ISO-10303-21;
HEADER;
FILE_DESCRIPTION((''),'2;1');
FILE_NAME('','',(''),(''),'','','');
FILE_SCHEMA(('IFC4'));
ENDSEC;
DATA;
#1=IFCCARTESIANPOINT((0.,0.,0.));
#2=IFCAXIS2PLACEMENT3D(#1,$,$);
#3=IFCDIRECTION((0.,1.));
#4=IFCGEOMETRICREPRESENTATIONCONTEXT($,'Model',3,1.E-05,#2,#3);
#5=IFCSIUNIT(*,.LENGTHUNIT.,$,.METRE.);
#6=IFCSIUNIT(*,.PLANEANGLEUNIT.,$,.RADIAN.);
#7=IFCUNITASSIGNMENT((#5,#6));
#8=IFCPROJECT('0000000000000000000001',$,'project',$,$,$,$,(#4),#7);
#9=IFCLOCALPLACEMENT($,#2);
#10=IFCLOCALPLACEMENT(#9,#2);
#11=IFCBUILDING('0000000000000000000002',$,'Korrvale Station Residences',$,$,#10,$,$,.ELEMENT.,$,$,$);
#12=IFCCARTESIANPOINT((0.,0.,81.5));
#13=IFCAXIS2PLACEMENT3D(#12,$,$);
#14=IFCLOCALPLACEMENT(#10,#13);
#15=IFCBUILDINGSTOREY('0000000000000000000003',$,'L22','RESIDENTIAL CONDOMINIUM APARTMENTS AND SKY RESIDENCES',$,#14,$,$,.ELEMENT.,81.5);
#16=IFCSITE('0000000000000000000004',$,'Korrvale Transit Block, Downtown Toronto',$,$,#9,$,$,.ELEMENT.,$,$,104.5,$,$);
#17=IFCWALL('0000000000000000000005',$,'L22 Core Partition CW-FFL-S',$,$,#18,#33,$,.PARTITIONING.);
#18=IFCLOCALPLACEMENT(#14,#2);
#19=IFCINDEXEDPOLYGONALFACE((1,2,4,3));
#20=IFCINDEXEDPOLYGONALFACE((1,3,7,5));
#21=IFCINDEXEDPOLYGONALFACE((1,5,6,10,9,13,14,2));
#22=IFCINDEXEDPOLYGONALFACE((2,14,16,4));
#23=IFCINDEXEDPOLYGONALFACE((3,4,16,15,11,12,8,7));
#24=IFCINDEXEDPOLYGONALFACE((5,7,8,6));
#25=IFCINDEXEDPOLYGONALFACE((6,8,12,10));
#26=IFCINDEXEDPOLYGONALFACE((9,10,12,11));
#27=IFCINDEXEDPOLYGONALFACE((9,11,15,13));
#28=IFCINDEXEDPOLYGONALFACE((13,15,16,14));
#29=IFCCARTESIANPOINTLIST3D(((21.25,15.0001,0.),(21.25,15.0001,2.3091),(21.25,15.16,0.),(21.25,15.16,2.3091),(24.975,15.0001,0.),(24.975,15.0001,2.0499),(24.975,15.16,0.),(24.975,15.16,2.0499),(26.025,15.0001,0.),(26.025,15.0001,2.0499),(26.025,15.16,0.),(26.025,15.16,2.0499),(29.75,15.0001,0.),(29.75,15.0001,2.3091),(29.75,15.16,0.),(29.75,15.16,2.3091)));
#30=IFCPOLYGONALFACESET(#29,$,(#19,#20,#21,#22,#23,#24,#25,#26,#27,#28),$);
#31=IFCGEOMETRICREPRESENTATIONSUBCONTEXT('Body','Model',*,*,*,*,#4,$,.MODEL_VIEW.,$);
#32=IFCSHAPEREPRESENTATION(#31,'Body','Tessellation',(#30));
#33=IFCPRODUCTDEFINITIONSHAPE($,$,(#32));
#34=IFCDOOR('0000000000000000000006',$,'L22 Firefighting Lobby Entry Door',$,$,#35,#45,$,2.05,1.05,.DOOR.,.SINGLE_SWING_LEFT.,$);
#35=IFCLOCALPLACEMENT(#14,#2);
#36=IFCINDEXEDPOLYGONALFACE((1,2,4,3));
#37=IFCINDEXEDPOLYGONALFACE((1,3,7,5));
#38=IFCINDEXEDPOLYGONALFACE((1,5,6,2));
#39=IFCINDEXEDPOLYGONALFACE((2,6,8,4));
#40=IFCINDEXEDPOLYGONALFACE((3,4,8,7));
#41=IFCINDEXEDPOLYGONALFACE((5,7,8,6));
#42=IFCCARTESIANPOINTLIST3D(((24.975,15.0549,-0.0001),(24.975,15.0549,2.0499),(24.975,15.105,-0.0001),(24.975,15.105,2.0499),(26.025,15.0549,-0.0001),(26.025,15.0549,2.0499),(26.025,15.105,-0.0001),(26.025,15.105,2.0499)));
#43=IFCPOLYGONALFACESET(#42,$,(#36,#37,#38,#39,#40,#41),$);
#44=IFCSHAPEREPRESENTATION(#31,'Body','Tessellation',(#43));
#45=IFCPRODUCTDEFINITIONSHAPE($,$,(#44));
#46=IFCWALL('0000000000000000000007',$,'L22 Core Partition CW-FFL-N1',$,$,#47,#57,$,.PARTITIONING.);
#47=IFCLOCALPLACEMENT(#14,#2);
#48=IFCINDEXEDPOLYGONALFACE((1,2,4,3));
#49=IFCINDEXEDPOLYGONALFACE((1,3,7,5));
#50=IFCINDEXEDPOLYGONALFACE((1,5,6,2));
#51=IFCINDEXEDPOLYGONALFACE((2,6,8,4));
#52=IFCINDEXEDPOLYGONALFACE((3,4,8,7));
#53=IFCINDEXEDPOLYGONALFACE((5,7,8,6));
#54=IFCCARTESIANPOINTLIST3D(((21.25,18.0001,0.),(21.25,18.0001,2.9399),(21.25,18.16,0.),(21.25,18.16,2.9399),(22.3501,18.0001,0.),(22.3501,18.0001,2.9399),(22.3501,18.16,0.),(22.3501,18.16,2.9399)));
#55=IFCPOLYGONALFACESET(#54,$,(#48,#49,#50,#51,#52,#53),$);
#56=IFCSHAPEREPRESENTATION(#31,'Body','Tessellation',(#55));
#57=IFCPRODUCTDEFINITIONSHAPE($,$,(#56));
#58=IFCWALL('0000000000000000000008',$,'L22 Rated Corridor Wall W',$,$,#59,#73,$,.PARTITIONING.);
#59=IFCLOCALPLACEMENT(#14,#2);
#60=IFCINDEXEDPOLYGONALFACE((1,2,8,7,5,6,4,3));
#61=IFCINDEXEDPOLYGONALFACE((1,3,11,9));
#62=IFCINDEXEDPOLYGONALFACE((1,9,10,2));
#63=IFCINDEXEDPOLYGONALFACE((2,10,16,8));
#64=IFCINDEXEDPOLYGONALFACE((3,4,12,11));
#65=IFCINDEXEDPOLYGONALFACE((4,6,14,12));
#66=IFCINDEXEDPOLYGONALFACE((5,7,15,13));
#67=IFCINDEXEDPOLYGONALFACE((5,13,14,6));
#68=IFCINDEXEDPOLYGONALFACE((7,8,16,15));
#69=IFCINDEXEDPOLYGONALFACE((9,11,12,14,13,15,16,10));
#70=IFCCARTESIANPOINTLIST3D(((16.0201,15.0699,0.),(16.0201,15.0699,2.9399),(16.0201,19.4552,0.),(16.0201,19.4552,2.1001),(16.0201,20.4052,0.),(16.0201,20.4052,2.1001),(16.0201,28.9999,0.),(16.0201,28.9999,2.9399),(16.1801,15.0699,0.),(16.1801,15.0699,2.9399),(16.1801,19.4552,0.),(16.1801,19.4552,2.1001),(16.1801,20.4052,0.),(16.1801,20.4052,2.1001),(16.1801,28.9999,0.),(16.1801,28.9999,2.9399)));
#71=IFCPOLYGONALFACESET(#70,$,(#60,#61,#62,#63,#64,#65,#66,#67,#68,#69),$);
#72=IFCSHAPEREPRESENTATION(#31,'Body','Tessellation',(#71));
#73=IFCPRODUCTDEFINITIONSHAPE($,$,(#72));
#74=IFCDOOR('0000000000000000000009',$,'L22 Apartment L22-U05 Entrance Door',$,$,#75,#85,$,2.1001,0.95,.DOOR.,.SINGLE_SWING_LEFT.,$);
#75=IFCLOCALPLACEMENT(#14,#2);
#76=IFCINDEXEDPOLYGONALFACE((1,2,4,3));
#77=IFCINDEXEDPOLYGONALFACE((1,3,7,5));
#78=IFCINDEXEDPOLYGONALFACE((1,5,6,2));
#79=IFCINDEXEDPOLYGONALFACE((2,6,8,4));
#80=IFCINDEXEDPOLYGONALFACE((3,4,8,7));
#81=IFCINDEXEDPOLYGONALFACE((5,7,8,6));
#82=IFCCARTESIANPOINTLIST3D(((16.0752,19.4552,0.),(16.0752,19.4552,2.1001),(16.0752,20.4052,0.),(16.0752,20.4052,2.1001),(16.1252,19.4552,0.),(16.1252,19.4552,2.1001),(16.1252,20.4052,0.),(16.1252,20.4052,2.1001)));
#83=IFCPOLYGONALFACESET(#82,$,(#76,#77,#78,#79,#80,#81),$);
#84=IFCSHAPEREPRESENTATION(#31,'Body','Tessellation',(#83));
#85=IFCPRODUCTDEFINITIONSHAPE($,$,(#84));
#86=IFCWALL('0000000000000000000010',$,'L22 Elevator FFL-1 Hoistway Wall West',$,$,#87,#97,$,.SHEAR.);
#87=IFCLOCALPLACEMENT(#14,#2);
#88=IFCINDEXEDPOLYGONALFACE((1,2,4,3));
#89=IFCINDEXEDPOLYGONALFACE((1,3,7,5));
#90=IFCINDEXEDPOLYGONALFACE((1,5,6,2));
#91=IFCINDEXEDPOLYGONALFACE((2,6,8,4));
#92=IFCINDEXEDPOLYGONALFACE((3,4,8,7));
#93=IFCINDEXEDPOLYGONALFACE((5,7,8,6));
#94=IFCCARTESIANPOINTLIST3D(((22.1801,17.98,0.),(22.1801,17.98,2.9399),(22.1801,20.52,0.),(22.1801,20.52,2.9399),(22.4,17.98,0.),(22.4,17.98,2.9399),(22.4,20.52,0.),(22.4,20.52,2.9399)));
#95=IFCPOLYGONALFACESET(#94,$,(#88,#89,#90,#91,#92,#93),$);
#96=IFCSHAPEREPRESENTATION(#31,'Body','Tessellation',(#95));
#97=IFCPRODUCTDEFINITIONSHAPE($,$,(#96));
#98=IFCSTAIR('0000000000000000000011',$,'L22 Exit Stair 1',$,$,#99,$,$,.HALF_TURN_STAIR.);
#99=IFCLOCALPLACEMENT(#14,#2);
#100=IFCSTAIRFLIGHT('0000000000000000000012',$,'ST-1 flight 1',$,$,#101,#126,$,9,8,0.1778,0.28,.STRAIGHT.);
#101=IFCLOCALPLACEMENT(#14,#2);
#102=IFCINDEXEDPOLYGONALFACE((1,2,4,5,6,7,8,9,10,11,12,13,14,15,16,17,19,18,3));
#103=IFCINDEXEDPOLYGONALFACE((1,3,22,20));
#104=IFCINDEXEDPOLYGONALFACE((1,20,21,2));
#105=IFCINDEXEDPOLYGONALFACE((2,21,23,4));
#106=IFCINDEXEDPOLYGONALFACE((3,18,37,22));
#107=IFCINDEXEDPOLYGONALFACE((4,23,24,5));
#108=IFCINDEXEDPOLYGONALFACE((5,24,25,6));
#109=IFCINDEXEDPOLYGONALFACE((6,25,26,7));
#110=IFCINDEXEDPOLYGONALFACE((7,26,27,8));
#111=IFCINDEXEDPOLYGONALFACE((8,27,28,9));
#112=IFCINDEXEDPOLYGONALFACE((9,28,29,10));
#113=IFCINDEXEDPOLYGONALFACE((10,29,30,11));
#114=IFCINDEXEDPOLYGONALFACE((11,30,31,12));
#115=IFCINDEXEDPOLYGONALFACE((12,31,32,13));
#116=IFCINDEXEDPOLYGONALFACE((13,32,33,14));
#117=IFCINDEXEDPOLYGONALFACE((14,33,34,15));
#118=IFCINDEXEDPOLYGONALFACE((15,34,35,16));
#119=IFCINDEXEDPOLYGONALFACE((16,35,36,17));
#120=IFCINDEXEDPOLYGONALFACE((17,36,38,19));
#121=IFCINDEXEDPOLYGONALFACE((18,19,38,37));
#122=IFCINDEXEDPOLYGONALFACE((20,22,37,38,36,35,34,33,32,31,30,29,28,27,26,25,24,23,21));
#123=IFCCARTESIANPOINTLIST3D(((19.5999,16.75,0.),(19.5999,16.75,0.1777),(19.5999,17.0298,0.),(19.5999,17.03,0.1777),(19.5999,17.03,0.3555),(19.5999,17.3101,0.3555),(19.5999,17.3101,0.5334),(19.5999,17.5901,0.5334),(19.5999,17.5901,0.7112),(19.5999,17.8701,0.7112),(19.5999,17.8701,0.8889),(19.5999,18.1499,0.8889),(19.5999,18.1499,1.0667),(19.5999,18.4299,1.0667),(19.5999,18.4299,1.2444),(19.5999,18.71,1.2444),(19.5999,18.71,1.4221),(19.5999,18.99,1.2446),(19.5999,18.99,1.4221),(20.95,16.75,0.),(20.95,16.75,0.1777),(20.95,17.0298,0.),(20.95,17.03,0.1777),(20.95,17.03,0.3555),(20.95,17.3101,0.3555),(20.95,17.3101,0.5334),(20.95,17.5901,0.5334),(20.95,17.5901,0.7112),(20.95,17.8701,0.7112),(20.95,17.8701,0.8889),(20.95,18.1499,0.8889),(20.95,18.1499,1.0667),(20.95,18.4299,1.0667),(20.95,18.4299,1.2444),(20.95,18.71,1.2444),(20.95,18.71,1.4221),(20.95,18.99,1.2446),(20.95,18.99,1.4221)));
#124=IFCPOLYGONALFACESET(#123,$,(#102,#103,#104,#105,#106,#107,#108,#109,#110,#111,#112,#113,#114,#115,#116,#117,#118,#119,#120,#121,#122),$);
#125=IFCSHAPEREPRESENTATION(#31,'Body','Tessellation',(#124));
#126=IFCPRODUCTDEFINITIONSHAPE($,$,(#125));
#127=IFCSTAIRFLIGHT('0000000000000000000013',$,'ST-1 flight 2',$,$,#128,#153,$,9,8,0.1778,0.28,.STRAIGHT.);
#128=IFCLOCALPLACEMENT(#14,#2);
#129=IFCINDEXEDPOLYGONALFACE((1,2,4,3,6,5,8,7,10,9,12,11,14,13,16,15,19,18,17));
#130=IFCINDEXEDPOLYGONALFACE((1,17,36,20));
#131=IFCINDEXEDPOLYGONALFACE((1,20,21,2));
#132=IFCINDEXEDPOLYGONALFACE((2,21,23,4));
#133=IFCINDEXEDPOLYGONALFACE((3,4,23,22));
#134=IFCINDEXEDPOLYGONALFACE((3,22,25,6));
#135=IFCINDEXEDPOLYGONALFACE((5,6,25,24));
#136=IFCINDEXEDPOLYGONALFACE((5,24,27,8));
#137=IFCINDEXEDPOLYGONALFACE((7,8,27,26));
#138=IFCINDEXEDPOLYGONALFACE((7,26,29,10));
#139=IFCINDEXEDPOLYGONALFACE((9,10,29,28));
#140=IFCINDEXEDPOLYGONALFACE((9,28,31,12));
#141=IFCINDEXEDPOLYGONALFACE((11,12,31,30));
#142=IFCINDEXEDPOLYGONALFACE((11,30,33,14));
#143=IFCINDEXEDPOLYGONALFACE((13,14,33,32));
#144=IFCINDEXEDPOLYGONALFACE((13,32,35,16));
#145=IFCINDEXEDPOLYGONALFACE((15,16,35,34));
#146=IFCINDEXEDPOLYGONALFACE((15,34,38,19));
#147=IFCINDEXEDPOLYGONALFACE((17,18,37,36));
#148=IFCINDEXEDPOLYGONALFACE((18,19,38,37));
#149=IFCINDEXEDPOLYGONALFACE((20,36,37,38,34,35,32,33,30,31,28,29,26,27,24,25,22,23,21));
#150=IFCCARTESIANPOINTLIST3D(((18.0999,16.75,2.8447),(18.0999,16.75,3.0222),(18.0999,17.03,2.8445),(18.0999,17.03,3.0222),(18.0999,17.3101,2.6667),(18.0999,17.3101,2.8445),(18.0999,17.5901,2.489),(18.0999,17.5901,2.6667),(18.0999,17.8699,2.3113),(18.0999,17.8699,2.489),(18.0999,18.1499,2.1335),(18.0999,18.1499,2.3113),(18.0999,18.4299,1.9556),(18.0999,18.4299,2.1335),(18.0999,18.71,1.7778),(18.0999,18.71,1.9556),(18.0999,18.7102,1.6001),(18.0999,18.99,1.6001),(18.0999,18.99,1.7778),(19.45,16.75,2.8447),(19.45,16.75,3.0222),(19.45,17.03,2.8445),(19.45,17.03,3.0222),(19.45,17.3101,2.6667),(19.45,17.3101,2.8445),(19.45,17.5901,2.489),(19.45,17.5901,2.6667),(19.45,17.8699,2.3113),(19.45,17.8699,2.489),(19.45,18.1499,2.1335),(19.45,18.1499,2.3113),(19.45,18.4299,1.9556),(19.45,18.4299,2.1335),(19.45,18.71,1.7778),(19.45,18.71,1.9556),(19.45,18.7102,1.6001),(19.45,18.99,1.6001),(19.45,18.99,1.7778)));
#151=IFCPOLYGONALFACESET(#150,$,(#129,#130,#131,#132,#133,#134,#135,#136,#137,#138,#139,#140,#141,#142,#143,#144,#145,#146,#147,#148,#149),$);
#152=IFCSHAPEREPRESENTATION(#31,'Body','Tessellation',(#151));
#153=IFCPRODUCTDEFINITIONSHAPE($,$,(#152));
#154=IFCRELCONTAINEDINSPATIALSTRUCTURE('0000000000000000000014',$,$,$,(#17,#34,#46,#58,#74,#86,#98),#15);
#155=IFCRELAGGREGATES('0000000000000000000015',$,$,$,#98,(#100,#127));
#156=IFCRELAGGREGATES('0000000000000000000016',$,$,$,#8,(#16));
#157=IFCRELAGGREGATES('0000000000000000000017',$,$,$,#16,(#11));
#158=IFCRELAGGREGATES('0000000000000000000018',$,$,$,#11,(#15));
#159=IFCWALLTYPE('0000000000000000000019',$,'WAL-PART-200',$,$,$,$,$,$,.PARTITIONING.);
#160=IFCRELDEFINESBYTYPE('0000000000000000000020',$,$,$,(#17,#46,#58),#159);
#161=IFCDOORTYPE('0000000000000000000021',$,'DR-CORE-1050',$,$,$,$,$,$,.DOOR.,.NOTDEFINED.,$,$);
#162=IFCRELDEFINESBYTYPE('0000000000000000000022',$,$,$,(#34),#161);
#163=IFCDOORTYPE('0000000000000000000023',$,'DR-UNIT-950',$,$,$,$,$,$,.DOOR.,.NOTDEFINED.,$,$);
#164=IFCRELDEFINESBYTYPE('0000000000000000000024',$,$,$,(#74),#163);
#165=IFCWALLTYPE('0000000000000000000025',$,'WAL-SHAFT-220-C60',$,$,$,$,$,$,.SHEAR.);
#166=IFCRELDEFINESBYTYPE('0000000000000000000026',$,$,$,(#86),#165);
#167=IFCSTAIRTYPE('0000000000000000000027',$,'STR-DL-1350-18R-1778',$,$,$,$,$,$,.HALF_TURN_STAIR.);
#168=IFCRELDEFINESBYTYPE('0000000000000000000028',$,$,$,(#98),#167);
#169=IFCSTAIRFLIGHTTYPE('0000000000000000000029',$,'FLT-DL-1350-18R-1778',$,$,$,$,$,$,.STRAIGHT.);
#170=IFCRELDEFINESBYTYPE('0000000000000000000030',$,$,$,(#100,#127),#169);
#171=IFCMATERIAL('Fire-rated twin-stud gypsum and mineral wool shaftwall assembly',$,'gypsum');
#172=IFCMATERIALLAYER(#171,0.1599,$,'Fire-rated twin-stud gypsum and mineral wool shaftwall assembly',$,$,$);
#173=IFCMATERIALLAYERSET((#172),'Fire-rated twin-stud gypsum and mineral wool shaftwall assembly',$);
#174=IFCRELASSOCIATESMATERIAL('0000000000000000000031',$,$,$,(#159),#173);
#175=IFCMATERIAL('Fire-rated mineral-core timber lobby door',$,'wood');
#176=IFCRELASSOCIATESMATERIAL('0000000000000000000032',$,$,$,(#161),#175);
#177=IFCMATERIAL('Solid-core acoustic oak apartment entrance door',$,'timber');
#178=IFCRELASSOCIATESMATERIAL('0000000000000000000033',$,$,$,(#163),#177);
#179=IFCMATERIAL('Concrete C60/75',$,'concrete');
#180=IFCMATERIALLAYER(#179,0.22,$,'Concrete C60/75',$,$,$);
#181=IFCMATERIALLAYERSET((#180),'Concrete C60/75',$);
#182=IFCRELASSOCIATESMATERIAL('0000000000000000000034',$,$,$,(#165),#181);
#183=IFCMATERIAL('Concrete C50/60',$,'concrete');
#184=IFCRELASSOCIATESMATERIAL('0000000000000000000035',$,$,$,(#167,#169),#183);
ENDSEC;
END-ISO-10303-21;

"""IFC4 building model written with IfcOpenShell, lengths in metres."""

from ifc_helpers import new_model, si_unit, direction, frame, frame_2d, origin, place, context, subcontext, project, spatial, polyline, rectangle, outline, extrude, material, layer, layer_set, type_object, element, fill, aggregate, save


model = new_model("IFC4")

# Units and contexts
model_context = context("Model", 3, precision=1e-05, world=origin(), true_north=direction((0.0, 1.0)))
body_context = subcontext(model_context, "Body", "Model", "MODEL_VIEW")
ifc_project = project(units=[si_unit("LENGTHUNIT", "METRE"), si_unit("PLANEANGLEUNIT", "RADIAN")], contexts=[model_context])

# Site, building, storey
site_placement = place(None, origin())
site = spatial("IfcSite", under=ifc_project, at=site_placement, Name="Korrvale Transit Block, Downtown Toronto", CompositionType="ELEMENT", RefElevation=104.5)
building_placement = place(site_placement, origin())
building = spatial("IfcBuilding", under=site, at=building_placement, Name="Korrvale Station Residences", CompositionType="ELEMENT")
storey_placement = place(building_placement, frame((0.0, 0.0, 81.5)))
storey = spatial("IfcBuildingStorey", under=building, at=storey_placement, Name="L22", Description="RESIDENTIAL CONDOMINIUM APARTMENTS AND SKY RESIDENCES", CompositionType="ELEMENT", Elevation=81.5)

# Shared definitions
ifc_material_1 = material(Name="Concrete C60/75", Category="concrete")

# Wall, opening, door
ifc_material_2 = material(Name="Fire-rated twin-stud gypsum and mineral wool shaftwall assembly", Category="gypsum")
ifc_layer_1 = layer(ifc_material_2, 0.1599, Name="Fire-rated twin-stud gypsum and mineral wool shaftwall assembly")
ifc_layer_set_1 = layer_set([ifc_layer_1], Name="Fire-rated twin-stud gypsum and mineral wool shaftwall assembly")
wall_type_1 = type_object("IfcWallType", Name="WAL-PART-200", PredefinedType="PARTITIONING", material=ifc_layer_set_1)
wall_1_placement = place(storey_placement, frame((21.25, 15.0801, 0.0), z_axis=(0.0, 0.0, 1.0), x_axis=(1.0, 0.0, 0.0)))
wall_1 = element("IfcWall", 1, at=wall_1_placement, inside=storey, type_object=wall_type_1, Name="L22 Core Partition CW-FFL-S", PredefinedType="PARTITIONING", context=body_context, shape_type="SweptSolid", body=[
    extrude(rectangle(XDim=8.5, YDim=0.1599, at=frame_2d((4.25, 0.0))), origin(), (0.0, 0.0, 1.0), 2.3091),
])
opening_1_placement = place(wall_1_placement, frame((3.7251, 0.0, 0.0)))
opening_1 = element("IfcOpeningElement", 2, at=opening_1_placement, cuts=wall_1, PredefinedType="OPENING", context=body_context, shape_type="SweptSolid", body=[
    extrude(rectangle(XDim=1.05, YDim=2.05, at=frame_2d((0.5249, 1.0249))), frame((0.0, 0.0898, 0.0), z_axis=(0.0, -1.0, 0.0), x_axis=(1.0, 0.0, 0.0)), (0.0, 0.0, 1.0), 0.1799),
])
ifc_material_3 = material(Name="Fire-rated mineral-core timber lobby door", Category="wood")
door_type_1 = type_object("IfcDoorType", Name="DR-CORE-1050", OperationType="NOTDEFINED", PredefinedType="DOOR", material=ifc_material_3)
door_1_placement = place(opening_1_placement, origin())
door_1 = element("IfcDoor", 3, at=door_1_placement, inside=storey, type_object=door_type_1, Name="L22 Firefighting Lobby Entry Door", OperationType="SINGLE_SWING_LEFT", OverallHeight=2.05, OverallWidth=1.05, PredefinedType="DOOR", context=body_context, shape_type="SweptSolid", body=[
    extrude(rectangle(XDim=1.05, YDim=2.05, at=frame_2d((0.5249, 1.0249))), frame((0.0, 0.0249, 0.0), z_axis=(0.0, -1.0, 0.0), x_axis=(1.0, 0.0, 0.0)), (0.0, 0.0, 1.0), 0.05),
])
fill(opening_1, door_1)

# Wall
wall_2_placement = place(storey_placement, frame((21.25, 18.0801, 0.0), z_axis=(0.0, 0.0, 1.0), x_axis=(1.0, 0.0, 0.0)))
element("IfcWall", 4, at=wall_2_placement, inside=storey, type_object=wall_type_1, Name="L22 Core Partition CW-FFL-N1", PredefinedType="PARTITIONING", context=body_context, shape_type="SweptSolid", body=[
    extrude(rectangle(XDim=1.1001, YDim=0.1599, at=frame_2d((0.55, 0.0))), origin(), (0.0, 0.0, 1.0), 2.9399),
])

# Wall, opening, door
wall_3_placement = place(storey_placement, frame((16.1001, 15.0701, 0.0), z_axis=(0.0, 0.0, 1.0), x_axis=(0.0, 1.0, 0.0)))
wall_3 = element("IfcWall", 5, at=wall_3_placement, inside=storey, type_object=wall_type_1, Name="L22 Rated Corridor Wall W", PredefinedType="PARTITIONING", context=body_context, shape_type="SweptSolid", body=[
    extrude(rectangle(XDim=13.9299, YDim=0.1599, at=frame_2d((6.9648, 0.0))), origin(), (0.0, 0.0, 1.0), 2.9399),
])
opening_2_placement = place(wall_3_placement, frame((4.385, 0.0, 0.0)))
opening_2 = element("IfcOpeningElement", 6, at=opening_2_placement, cuts=wall_3, PredefinedType="OPENING", context=body_context, shape_type="SweptSolid", body=[
    extrude(rectangle(XDim=0.95, YDim=2.1001, at=frame_2d((0.4751, 1.05))), frame((0.0, 0.0898, 0.0), z_axis=(0.0, -1.0, 0.0), x_axis=(1.0, 0.0, 0.0)), (0.0, 0.0, 1.0), 0.1799),
])
ifc_material_4 = material(Name="Solid-core acoustic oak apartment entrance door", Category="timber")
door_type_2 = type_object("IfcDoorType", Name="DR-UNIT-950", OperationType="NOTDEFINED", PredefinedType="DOOR", material=ifc_material_4)
door_2_placement = place(opening_2_placement, origin())
door_2 = element("IfcDoor", 7, at=door_2_placement, inside=storey, type_object=door_type_2, Name="L22 Apartment L22-U05 Entrance Door", OperationType="SINGLE_SWING_LEFT", OverallHeight=2.1001, OverallWidth=0.95, PredefinedType="DOOR", context=body_context, shape_type="SweptSolid", body=[
    extrude(rectangle(XDim=0.95, YDim=2.1001, at=frame_2d((0.4751, 1.05))), frame((0.0, 0.0249, 0.0), z_axis=(0.0, -1.0, 0.0), x_axis=(1.0, 0.0, 0.0)), (0.0, 0.0, 1.0), 0.05),
])
fill(opening_2, door_2)
ifc_layer_2 = layer(ifc_material_1, 0.22, Name="Concrete C60/75")
ifc_layer_set_2 = layer_set([ifc_layer_2], Name="Concrete C60/75")
wall_type_2 = type_object("IfcWallType", Name="WAL-SHAFT-220-C60", PredefinedType="SHEAR", material=ifc_layer_set_2)

# Wall
wall_4_placement = place(storey_placement, frame((22.29, 17.98, 0.0), z_axis=(0.0, 0.0, 1.0), x_axis=(0.0, 1.0, 0.0)))
element("IfcWall", 8, at=wall_4_placement, inside=storey, type_object=wall_type_2, Name="L22 Elevator FFL-1 Hoistway Wall West", PredefinedType="SHEAR", context=body_context, shape_type="SweptSolid", body=[
    extrude(rectangle(XDim=2.54, YDim=0.22, at=frame_2d((1.27, 0.0))), origin(), (0.0, 0.0, 1.0), 2.9399),
])

# Stair, stair flights
ifc_material_5 = material(Name="Concrete C50/60", Category="concrete")
stair_type = type_object("IfcStairType", Name="STR-DL-1350-18R-1778", PredefinedType="HALF_TURN_STAIR", material=ifc_material_5)
stair_placement = place(storey_placement, origin())
stair = element("IfcStair", 9, at=stair_placement, inside=storey, type_object=stair_type, Name="L22 Exit Stair 1", PredefinedType="HALF_TURN_STAIR")
stair_flight_type = type_object("IfcStairFlightType", Name="FLT-DL-1350-18R-1778", PredefinedType="STRAIGHT", material=ifc_material_5)
stair_flight_1_placement = place(storey_placement, frame((20.2749, 16.75, 0.0), z_axis=(0.0, 0.0, 1.0), x_axis=(0.0, 1.0, 0.0)))
stair_flight_1 = element("IfcStairFlight", 10, at=stair_flight_1_placement, type_object=stair_flight_type, Name="ST-1 flight 1", NumberOfRisers=9, NumberOfTreads=8, PredefinedType="STRAIGHT", RiserHeight=0.1778, TreadLength=0.28, context=body_context, shape_type="SweptSolid", body=[
    extrude(outline(polyline([(0.0, 0.0), (0.0, 0.1777), (0.28, 0.1777), (0.28, 0.3555), (0.5601, 0.3555), (0.5601, 0.5334), (0.8401, 0.5334), (0.8401, 0.7112), (1.1201, 0.7112), (1.1201, 0.8889), (1.3999, 0.8889), (1.3999, 1.0667), (1.6799, 1.0667), (1.6799, 1.2444), (1.96, 1.2444), (1.96, 1.4221), (2.24, 1.4221), (2.24, 1.6001), (2.24, 1.2446), (0.2798, 0.0), (0.0, 0.0)])), frame((0.0, 0.675, 0.0), z_axis=(0.0, -1.0, 0.0), x_axis=(1.0, 0.0, 0.0)), (0.0, 0.0, 1.0), 1.3501),
])
stair_flight_2_placement = place(storey_placement, frame((18.7749, 18.99, 1.6001), z_axis=(0.0, 0.0, 1.0), x_axis=(0.0, -1.0, 0.0)))
stair_flight_2 = element("IfcStairFlight", 11, at=stair_flight_2_placement, type_object=stair_flight_type, Name="ST-1 flight 2", NumberOfRisers=9, NumberOfTreads=8, PredefinedType="STRAIGHT", RiserHeight=0.1778, TreadLength=0.28, context=body_context, shape_type="SweptSolid", body=[
    extrude(outline(polyline([(0.0, 0.0), (0.0, 0.1777), (0.28, 0.1777), (0.28, 0.3555), (0.5601, 0.3555), (0.5601, 0.5334), (0.8401, 0.5334), (0.8401, 0.7112), (1.1201, 0.7112), (1.1201, 0.8889), (1.3999, 0.8889), (1.3999, 1.0667), (1.6799, 1.0667), (1.6799, 1.2444), (1.96, 1.2444), (1.96, 1.4221), (2.24, 1.4221), (2.24, 1.6001), (2.24, 1.2446), (0.2798, 0.0), (0.0, 0.0)])), frame((0.0, 0.675, 0.0), z_axis=(0.0, -1.0, 0.0), x_axis=(1.0, 0.0, 0.0)), (0.0, 0.0, 1.0), 1.3501),
])
aggregate(stair, [stair_flight_1, stair_flight_2])

save(model, "model.ifc")
